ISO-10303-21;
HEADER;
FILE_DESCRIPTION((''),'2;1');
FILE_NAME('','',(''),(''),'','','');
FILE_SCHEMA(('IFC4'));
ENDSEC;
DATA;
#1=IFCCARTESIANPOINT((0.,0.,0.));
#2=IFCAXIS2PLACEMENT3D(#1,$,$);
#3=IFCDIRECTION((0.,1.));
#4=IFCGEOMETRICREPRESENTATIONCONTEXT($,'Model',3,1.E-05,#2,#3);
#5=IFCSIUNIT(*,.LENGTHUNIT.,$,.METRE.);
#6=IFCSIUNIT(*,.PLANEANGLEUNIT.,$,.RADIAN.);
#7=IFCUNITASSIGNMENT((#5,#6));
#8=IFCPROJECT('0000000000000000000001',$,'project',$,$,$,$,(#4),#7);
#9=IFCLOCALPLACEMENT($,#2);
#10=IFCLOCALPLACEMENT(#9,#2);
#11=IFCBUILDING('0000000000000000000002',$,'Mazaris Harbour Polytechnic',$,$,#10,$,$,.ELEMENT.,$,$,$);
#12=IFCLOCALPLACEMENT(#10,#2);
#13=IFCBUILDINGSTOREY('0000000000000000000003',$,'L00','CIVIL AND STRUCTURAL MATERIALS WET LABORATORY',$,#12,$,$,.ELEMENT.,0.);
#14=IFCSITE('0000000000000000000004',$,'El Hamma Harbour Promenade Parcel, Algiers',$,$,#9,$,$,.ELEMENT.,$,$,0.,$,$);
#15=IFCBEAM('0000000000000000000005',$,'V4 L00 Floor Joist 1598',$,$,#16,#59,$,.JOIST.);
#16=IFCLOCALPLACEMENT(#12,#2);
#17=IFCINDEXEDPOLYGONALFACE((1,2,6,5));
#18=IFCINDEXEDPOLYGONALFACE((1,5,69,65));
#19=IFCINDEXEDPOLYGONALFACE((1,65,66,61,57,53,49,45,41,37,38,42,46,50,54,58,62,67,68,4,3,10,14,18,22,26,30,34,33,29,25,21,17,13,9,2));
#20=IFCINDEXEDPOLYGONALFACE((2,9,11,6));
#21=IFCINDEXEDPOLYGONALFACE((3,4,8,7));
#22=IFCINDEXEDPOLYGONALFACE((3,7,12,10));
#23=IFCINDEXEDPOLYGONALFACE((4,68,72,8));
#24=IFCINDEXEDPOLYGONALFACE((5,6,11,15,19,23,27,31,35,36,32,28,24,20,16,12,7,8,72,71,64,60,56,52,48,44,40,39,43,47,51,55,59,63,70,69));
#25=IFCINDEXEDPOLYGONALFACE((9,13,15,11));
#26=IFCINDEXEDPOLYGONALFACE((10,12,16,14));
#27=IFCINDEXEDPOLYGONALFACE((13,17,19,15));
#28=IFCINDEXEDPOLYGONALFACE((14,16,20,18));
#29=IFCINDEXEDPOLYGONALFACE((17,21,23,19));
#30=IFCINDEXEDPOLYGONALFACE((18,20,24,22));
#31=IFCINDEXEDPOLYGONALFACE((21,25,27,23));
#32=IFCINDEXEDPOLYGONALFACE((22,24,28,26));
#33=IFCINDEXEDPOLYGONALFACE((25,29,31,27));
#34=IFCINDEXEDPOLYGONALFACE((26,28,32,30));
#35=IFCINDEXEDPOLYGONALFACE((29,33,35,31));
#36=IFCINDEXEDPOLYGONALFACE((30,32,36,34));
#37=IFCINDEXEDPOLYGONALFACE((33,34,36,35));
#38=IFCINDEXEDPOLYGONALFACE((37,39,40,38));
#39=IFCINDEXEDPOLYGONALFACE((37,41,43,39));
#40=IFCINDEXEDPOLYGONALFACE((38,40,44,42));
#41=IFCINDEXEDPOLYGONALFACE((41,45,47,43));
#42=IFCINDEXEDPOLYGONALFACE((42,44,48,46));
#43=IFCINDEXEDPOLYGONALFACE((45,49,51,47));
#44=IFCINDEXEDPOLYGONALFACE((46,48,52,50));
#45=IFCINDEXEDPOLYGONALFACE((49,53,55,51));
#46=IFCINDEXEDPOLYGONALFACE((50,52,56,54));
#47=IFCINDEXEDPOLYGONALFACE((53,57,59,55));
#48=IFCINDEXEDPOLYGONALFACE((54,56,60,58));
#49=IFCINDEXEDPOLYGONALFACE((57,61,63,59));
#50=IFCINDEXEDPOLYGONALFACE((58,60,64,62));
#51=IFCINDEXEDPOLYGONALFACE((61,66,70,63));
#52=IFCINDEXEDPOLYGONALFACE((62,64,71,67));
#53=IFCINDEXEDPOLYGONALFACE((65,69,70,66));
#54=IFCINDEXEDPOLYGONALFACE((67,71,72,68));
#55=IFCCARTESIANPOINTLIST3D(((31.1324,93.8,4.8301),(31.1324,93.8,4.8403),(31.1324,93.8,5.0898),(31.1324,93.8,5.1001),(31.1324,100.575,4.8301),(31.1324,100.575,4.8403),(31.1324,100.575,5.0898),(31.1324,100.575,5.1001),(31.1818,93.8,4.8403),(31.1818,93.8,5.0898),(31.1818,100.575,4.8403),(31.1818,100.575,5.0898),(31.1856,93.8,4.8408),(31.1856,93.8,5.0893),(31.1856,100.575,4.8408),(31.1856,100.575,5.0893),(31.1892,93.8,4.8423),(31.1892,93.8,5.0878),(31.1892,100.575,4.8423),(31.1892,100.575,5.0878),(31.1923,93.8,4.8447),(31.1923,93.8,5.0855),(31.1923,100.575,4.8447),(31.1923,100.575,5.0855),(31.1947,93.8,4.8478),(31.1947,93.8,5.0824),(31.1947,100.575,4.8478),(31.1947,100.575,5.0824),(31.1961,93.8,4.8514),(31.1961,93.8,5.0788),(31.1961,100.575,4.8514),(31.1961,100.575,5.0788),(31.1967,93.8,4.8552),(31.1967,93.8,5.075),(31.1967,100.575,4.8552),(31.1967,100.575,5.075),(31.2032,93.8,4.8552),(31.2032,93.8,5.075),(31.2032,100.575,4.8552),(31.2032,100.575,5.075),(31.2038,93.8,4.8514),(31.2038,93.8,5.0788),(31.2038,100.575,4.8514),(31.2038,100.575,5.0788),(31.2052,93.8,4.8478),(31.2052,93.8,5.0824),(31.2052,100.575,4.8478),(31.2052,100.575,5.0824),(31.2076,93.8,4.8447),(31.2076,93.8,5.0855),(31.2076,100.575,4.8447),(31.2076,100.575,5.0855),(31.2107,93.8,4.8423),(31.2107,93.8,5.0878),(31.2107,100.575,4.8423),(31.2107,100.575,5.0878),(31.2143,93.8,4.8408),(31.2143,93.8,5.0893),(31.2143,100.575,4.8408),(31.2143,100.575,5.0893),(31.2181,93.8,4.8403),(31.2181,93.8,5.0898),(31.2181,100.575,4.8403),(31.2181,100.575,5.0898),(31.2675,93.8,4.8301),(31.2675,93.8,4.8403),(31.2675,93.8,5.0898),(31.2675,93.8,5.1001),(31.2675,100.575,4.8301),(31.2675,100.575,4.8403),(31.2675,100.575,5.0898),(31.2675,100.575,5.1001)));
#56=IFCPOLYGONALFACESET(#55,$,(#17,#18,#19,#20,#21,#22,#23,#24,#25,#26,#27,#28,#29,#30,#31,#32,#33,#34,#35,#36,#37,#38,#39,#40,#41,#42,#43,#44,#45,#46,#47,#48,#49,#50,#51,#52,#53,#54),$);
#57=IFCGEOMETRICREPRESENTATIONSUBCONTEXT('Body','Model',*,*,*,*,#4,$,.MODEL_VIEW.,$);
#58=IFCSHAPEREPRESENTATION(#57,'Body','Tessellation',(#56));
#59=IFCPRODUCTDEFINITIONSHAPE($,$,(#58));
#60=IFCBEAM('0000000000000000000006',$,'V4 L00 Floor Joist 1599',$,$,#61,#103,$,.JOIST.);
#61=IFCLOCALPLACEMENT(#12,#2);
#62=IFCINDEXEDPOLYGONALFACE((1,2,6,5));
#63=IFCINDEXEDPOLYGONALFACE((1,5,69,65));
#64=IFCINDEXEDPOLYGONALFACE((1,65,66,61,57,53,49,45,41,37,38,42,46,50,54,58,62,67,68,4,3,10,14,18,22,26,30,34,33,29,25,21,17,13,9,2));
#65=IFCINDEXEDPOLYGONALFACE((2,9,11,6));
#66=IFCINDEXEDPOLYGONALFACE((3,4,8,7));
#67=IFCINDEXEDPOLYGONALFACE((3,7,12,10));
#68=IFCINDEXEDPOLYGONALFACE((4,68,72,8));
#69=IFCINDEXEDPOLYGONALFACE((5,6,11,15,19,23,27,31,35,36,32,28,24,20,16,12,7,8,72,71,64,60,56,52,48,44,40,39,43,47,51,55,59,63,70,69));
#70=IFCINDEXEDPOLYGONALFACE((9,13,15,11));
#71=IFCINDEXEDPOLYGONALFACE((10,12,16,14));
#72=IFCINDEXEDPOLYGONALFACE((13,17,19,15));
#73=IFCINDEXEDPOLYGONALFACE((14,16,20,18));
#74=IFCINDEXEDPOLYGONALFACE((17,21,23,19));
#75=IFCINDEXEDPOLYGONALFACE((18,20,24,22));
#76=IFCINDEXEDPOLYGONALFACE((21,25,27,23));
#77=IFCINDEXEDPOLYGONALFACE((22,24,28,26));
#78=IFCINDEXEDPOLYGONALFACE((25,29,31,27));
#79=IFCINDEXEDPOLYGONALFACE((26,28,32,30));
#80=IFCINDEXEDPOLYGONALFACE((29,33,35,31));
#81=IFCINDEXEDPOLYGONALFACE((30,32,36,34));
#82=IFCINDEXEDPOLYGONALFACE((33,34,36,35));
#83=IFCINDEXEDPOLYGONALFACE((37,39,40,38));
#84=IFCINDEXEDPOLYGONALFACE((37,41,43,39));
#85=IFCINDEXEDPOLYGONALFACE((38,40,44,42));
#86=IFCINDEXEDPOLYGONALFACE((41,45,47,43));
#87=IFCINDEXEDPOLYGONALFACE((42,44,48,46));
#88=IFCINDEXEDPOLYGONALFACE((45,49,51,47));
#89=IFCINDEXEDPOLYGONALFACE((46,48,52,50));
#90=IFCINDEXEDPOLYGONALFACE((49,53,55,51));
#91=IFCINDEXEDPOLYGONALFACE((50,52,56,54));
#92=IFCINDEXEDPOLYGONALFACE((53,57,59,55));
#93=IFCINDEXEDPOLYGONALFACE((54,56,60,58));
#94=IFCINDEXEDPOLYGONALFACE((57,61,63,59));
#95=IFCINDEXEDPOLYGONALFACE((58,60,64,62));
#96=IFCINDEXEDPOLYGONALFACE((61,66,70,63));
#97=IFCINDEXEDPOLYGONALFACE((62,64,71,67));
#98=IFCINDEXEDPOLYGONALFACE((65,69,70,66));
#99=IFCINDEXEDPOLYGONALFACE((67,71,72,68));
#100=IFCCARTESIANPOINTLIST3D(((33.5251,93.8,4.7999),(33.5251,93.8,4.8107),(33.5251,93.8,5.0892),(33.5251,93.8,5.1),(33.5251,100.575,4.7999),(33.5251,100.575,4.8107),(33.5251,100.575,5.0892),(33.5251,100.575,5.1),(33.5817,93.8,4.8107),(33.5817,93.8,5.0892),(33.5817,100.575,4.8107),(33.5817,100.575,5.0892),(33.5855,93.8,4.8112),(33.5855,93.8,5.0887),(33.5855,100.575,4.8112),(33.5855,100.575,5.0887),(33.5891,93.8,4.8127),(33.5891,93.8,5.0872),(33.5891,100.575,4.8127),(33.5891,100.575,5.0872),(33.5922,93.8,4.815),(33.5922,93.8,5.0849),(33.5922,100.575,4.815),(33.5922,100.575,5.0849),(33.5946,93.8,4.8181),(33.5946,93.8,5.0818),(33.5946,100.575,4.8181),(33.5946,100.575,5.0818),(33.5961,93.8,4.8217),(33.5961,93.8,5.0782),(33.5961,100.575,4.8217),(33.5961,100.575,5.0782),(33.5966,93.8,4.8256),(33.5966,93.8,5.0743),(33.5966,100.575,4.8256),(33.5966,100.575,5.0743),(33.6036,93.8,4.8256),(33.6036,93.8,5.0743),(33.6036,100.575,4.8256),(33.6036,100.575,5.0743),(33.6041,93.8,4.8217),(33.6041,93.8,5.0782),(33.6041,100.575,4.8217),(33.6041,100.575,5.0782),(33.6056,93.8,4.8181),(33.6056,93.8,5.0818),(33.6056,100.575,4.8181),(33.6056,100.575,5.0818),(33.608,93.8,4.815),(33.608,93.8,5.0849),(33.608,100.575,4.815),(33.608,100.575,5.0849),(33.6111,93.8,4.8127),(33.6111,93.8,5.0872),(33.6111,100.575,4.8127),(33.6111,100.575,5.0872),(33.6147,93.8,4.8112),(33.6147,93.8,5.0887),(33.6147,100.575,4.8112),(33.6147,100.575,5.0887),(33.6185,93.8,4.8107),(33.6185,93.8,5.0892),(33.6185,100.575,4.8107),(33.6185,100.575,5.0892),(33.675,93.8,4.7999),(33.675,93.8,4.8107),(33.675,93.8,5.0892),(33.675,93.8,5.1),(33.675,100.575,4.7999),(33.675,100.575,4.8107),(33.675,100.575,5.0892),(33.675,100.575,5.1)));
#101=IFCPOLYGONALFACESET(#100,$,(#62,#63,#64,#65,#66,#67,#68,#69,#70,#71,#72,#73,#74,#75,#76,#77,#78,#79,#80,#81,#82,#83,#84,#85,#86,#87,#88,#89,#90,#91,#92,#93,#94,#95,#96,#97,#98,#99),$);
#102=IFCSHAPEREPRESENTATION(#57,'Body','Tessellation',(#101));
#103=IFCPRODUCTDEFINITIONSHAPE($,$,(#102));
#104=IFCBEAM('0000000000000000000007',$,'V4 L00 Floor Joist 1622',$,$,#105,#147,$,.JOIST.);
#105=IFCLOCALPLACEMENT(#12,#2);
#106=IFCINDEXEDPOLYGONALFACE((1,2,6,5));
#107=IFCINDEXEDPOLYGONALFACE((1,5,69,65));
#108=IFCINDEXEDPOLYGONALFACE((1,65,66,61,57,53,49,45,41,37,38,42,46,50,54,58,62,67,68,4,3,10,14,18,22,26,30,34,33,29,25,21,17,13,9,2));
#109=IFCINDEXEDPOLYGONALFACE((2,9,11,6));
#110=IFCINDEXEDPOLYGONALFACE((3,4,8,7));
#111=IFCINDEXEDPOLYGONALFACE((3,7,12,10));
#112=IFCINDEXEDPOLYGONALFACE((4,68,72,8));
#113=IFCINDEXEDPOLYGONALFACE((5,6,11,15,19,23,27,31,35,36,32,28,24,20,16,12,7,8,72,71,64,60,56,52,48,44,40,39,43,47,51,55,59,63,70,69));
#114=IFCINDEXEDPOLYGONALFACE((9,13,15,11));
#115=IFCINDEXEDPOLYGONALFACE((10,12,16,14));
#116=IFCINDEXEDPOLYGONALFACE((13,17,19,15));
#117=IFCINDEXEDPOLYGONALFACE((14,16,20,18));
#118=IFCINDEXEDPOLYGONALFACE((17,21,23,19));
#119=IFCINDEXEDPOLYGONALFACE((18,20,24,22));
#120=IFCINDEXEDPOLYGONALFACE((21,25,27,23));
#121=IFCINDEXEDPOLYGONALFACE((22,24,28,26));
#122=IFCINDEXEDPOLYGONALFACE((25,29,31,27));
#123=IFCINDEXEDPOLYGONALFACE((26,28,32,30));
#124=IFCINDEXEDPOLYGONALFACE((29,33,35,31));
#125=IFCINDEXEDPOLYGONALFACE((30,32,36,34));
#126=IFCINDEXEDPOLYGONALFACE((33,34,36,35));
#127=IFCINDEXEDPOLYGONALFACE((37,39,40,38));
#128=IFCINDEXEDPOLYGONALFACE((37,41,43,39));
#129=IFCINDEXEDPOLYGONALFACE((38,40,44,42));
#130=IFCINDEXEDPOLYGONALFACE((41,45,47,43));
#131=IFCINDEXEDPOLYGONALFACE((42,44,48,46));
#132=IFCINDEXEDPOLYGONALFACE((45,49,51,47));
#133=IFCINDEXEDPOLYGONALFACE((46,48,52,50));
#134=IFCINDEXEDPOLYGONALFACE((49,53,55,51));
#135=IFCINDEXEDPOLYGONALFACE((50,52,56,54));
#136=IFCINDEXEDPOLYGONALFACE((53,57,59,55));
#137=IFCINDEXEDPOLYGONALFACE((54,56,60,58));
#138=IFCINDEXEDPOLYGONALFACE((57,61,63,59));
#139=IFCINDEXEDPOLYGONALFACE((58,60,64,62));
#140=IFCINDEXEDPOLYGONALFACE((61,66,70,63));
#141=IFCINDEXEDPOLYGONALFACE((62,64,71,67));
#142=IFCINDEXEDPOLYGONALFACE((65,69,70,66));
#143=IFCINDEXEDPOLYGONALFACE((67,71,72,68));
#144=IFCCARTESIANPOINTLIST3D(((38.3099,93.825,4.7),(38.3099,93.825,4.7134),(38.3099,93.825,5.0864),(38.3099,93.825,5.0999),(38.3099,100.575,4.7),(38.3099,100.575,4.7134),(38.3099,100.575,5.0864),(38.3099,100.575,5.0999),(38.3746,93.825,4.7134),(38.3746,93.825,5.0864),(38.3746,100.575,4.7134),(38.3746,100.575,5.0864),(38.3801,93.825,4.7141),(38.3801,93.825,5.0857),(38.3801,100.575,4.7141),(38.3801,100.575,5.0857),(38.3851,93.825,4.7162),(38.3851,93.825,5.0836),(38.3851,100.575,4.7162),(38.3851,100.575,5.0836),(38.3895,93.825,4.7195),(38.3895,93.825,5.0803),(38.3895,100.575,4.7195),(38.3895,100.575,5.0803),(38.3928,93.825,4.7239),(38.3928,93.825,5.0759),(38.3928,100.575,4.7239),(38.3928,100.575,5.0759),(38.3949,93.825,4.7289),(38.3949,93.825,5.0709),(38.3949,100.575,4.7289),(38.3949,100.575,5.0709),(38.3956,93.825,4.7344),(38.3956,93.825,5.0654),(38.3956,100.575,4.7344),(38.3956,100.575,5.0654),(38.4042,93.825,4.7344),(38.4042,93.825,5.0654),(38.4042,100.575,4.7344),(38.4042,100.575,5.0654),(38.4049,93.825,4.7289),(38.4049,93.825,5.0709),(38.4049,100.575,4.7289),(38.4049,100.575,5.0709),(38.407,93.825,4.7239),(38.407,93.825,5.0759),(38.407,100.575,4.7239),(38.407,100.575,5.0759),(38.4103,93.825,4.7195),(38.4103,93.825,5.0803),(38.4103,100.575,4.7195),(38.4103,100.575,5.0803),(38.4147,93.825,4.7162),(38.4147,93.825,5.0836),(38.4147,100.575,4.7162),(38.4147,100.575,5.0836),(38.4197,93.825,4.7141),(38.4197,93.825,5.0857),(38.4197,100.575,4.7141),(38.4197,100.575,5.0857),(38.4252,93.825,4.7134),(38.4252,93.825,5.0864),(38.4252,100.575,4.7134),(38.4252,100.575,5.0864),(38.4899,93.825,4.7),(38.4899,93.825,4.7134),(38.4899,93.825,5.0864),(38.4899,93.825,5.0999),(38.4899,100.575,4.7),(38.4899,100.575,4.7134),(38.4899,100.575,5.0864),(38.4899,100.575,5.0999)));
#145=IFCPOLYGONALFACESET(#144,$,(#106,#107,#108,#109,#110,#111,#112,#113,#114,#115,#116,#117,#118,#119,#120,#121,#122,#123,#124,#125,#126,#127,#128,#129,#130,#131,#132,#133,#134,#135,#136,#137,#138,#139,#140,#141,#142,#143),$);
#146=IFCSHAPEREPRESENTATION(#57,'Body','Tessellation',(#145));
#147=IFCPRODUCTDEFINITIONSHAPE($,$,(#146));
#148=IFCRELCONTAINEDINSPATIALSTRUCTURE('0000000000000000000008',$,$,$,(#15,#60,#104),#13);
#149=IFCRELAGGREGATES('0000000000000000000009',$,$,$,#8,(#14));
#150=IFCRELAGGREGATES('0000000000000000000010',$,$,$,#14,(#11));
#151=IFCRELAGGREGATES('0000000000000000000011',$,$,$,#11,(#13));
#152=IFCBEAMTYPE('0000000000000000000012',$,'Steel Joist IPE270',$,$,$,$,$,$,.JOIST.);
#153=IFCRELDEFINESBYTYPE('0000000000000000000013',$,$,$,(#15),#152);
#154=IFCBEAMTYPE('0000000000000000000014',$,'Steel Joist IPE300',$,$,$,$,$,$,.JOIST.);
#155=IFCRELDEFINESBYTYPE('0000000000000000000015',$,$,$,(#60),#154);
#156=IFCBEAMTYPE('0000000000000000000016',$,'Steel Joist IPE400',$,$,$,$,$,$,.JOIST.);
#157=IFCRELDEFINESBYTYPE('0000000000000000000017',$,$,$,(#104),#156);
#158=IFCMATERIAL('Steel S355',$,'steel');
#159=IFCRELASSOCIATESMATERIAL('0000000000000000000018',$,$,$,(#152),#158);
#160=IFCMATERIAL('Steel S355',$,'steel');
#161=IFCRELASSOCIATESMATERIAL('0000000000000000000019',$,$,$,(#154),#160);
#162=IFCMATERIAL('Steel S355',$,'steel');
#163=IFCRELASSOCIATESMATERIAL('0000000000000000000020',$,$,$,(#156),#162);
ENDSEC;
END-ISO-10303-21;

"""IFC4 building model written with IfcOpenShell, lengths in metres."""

from ifc_helpers import new_model, si_unit, direction, frame, origin, origin_2d, place, context, subcontext, project, spatial, i_section, extrude, material, material_profile, profile_set, type_object, element, save


model = new_model("IFC4")

# Units and contexts
model_context = context("Model", 3, precision=1e-05, world=origin(), true_north=direction((0.0, 1.0)))
body_context = subcontext(model_context, "Body", "Model", "MODEL_VIEW")
ifc_project = project(units=[si_unit("LENGTHUNIT", "METRE"), si_unit("PLANEANGLEUNIT", "RADIAN")], contexts=[model_context])

# Site, building, storey
site_placement = place(None, origin())
site = spatial("IfcSite", under=ifc_project, at=site_placement, Name="El Hamma Harbour Promenade Parcel, Algiers", CompositionType="ELEMENT", RefElevation=0.0)
building_placement = place(site_placement, origin())
building = spatial("IfcBuilding", under=site, at=building_placement, Name="Mazaris Harbour Polytechnic", CompositionType="ELEMENT")
storey_placement = place(building_placement, origin())
storey = spatial("IfcBuildingStorey", under=building, at=storey_placement, Name="L00", Description="CIVIL AND STRUCTURAL MATERIALS WET LABORATORY", CompositionType="ELEMENT", Elevation=0.0)

# Beams
ifc_material_1 = material(Name="Steel S355", Category="steel")
ifc_material_profile_1 = material_profile(ifc_material_1, i_section(OverallWidth=0.135, OverallDepth=0.27, WebThickness=0.0066, FlangeThickness=0.0103, FilletRadius=0.0149, at=origin_2d()), Name="IPE 270")
ifc_profile_set_1 = profile_set([ifc_material_profile_1], Name="Steel S355")
beam_type_1 = type_object("IfcBeamType", Name="Steel Joist IPE270", PredefinedType="JOIST", material=ifc_profile_set_1)
beam_1_placement = place(storey_placement, frame((31.2, 93.8, 4.9651), z_axis=(0.0, 1.0, 0.0), x_axis=(-1.0, 0.0, 0.0)))
element("IfcBeam", 1, at=beam_1_placement, inside=storey, type_object=beam_type_1, Name="V4 L00 Floor Joist 1598", PredefinedType="JOIST", context=body_context, shape_type="SweptSolid", body=[
    extrude(i_section(OverallWidth=0.135, OverallDepth=0.27, WebThickness=0.0066, FlangeThickness=0.0103, FilletRadius=0.0149, at=origin_2d()), origin(), (0.0, 0.0, 1.0), 6.7749),
])
ifc_material_2 = material(Name="Steel S355", Category="steel")
ifc_material_profile_2 = material_profile(ifc_material_2, i_section(OverallWidth=0.1499, OverallDepth=0.3, WebThickness=0.0071, FlangeThickness=0.0107, FilletRadius=0.0149, at=origin_2d()), Name="IPE 300")
ifc_profile_set_2 = profile_set([ifc_material_profile_2], Name="Steel S355")
beam_type_2 = type_object("IfcBeamType", Name="Steel Joist IPE300", PredefinedType="JOIST", material=ifc_profile_set_2)
beam_2_placement = place(storey_placement, frame((33.6001, 93.8, 4.95), z_axis=(0.0, 1.0, 0.0), x_axis=(-1.0, 0.0, 0.0)))
element("IfcBeam", 2, at=beam_2_placement, inside=storey, type_object=beam_type_2, Name="V4 L00 Floor Joist 1599", PredefinedType="JOIST", context=body_context, shape_type="SweptSolid", body=[
    extrude(i_section(OverallWidth=0.1499, OverallDepth=0.3, WebThickness=0.0071, FlangeThickness=0.0107, FilletRadius=0.0149, at=origin_2d()), origin(), (0.0, 0.0, 1.0), 6.7749),
])
ifc_material_3 = material(Name="Steel S355", Category="steel")
ifc_material_profile_3 = material_profile(ifc_material_3, i_section(OverallWidth=0.1799, OverallDepth=0.3999, WebThickness=0.0085, FlangeThickness=0.0134, FilletRadius=0.021, at=origin_2d()), Name="IPE 400")
ifc_profile_set_3 = profile_set([ifc_material_profile_3], Name="Steel S355")
beam_type_3 = type_object("IfcBeamType", Name="Steel Joist IPE400", PredefinedType="JOIST", material=ifc_profile_set_3)
beam_3_placement = place(storey_placement, frame((38.3999, 93.825, 4.8999), z_axis=(0.0, 1.0, 0.0), x_axis=(-1.0, 0.0, 0.0)))
element("IfcBeam", 3, at=beam_3_placement, inside=storey, type_object=beam_type_3, Name="V4 L00 Floor Joist 1622", PredefinedType="JOIST", context=body_context, shape_type="SweptSolid", body=[
    extrude(i_section(OverallWidth=0.1799, OverallDepth=0.3999, WebThickness=0.0085, FlangeThickness=0.0134, FilletRadius=0.021, at=origin_2d()), origin(), (0.0, 0.0, 1.0), 6.75),
])

save(model, "model.ifc")
